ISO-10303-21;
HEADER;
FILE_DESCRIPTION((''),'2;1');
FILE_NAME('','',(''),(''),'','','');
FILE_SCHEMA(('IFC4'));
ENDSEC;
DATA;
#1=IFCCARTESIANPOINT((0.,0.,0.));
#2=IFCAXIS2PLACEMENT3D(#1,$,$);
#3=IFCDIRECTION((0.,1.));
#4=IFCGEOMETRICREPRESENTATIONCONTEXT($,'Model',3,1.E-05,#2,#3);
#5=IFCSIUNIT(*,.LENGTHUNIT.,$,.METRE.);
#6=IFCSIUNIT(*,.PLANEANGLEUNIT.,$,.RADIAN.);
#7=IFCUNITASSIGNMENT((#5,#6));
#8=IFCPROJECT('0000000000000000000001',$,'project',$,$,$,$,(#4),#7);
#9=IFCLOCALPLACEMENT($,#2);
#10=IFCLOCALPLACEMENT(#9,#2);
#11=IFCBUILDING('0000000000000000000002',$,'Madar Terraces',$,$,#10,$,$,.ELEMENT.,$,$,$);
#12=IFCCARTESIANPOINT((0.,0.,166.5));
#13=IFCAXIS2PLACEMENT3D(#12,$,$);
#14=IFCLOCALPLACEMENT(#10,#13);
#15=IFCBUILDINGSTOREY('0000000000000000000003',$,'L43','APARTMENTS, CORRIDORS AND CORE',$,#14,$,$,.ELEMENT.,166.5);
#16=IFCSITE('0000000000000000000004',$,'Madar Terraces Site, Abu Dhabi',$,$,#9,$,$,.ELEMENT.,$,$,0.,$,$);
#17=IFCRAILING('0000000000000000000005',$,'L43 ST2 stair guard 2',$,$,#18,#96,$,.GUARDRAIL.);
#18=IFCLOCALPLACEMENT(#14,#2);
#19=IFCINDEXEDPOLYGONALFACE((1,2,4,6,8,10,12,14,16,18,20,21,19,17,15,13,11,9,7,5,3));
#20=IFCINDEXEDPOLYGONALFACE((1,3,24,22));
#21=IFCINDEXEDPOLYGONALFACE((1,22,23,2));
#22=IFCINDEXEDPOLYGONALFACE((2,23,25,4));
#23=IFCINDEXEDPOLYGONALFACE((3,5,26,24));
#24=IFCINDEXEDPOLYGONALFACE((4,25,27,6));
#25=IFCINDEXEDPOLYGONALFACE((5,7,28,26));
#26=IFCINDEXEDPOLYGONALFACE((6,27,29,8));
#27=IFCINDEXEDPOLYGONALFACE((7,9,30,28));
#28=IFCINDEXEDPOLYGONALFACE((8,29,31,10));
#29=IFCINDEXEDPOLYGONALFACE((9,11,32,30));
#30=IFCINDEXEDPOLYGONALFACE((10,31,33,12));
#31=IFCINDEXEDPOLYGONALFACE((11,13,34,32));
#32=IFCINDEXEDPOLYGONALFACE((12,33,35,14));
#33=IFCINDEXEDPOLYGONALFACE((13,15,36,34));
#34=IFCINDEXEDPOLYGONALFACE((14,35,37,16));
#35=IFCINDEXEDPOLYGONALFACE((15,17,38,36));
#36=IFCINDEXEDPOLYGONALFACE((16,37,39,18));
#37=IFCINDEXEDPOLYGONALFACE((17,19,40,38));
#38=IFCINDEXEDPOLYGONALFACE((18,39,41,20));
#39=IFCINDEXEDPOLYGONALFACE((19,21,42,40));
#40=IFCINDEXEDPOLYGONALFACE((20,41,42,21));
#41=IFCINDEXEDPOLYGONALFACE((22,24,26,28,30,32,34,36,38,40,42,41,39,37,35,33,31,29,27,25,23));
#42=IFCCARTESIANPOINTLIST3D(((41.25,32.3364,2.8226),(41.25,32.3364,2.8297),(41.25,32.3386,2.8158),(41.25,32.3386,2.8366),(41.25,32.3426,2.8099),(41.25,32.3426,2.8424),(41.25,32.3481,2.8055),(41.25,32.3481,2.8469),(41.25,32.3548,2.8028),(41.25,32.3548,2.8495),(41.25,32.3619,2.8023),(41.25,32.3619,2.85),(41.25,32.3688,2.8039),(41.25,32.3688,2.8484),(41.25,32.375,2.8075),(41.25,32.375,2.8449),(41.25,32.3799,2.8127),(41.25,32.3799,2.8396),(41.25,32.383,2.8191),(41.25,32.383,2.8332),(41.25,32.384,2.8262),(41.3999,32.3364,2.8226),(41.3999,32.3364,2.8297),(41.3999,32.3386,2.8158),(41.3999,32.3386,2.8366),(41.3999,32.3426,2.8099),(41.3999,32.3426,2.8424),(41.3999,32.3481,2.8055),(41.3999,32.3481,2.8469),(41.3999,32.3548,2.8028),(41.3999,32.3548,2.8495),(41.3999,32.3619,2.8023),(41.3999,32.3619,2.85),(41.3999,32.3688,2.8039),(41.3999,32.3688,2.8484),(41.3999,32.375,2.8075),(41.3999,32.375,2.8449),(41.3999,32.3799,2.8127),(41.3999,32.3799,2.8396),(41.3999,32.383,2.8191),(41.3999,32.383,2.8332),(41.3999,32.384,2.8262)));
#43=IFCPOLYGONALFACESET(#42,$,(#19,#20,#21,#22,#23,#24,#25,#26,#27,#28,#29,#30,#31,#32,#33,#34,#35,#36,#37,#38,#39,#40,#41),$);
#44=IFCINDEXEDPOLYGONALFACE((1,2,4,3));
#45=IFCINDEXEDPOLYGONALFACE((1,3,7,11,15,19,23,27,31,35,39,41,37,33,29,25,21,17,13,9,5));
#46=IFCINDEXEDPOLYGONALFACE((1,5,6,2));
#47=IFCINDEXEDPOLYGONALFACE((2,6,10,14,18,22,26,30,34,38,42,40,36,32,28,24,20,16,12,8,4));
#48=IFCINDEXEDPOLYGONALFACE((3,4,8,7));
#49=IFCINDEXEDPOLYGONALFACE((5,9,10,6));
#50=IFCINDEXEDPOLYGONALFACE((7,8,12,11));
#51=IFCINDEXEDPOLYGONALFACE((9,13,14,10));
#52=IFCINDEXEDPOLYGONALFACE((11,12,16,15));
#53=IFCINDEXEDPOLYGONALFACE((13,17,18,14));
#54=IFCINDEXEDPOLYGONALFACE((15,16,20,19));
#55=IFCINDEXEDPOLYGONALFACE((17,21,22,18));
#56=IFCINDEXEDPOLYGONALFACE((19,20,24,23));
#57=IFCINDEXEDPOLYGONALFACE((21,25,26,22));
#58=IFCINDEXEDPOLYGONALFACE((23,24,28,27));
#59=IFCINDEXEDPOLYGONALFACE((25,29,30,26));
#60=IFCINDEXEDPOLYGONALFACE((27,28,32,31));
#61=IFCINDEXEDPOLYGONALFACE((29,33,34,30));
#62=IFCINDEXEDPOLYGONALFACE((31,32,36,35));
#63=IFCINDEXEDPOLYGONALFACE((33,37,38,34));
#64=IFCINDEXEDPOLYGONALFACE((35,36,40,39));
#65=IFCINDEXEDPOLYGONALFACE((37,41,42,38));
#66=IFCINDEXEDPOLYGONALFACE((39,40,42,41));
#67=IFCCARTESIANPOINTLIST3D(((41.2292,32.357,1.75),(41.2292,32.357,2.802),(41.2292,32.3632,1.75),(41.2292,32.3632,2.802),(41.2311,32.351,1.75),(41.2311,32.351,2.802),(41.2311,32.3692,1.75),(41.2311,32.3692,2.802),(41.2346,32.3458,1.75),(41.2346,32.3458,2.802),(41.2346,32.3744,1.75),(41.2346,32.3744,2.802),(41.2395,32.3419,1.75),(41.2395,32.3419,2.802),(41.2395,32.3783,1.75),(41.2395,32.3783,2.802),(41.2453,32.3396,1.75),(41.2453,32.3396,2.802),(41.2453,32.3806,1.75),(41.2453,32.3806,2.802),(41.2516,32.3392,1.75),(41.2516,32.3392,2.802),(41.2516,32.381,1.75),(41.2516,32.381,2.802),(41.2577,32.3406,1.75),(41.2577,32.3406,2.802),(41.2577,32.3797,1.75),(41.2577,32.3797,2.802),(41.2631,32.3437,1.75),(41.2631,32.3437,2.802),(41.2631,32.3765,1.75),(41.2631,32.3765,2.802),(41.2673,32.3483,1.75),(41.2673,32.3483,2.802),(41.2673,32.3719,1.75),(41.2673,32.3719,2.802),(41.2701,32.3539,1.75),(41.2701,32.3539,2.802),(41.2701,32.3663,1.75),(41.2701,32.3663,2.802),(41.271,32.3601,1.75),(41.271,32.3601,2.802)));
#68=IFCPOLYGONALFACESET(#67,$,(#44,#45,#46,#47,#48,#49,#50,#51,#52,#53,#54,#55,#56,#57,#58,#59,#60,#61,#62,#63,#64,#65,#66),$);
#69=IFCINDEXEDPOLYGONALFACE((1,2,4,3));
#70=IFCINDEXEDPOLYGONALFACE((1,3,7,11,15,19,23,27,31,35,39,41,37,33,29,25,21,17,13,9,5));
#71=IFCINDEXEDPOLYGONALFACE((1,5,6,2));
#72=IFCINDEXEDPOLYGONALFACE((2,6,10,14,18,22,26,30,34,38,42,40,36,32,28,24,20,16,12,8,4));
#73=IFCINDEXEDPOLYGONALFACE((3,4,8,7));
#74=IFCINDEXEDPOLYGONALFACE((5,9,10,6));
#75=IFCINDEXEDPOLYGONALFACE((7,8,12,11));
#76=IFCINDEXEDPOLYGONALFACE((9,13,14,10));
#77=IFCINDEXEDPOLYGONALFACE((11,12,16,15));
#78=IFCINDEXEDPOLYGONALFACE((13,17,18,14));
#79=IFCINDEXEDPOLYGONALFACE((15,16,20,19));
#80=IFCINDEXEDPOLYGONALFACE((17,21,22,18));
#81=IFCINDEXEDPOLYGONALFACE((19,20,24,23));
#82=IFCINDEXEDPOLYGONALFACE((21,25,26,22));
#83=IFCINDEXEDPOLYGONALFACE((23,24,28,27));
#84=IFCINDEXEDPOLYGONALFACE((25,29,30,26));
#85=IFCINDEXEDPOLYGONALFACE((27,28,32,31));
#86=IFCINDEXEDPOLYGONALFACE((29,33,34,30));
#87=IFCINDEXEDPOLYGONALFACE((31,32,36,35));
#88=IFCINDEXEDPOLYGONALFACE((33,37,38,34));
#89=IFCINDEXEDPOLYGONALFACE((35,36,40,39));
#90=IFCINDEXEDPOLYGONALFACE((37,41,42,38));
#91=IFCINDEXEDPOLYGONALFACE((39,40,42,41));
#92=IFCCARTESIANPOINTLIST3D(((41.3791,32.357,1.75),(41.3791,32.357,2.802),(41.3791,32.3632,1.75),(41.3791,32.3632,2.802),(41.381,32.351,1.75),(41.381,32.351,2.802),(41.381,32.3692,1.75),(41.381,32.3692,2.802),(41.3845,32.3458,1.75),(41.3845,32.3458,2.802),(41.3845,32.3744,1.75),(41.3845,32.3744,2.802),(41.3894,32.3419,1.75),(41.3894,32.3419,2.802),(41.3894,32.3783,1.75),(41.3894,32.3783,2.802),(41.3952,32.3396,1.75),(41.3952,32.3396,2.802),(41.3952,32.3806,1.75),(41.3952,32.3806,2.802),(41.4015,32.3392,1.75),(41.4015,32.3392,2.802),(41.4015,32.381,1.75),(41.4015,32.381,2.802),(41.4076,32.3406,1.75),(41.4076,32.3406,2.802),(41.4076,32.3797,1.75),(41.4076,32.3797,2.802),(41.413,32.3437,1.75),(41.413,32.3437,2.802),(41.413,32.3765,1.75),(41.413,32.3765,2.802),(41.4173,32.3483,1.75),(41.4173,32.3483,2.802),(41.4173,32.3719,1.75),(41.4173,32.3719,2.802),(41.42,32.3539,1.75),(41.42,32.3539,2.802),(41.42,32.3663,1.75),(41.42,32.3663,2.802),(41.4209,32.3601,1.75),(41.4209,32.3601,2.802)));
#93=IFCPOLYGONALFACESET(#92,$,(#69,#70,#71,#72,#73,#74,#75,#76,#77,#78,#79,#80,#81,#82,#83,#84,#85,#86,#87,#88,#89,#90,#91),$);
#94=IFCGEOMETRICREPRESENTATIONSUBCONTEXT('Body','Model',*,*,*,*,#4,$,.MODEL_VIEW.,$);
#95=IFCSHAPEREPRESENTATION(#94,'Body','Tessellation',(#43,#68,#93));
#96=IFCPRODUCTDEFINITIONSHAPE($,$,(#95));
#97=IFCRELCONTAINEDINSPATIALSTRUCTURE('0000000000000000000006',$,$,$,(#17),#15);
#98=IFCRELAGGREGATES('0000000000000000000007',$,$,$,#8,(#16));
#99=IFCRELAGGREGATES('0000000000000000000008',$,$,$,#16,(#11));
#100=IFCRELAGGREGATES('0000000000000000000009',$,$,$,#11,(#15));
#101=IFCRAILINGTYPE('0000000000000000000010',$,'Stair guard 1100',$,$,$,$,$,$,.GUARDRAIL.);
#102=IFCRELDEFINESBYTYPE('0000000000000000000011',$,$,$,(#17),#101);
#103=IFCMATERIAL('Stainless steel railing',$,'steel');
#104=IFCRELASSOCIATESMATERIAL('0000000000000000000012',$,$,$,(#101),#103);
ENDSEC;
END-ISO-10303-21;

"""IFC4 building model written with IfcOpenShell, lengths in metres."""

from ifc_helpers import new_model, si_unit, direction, frame, origin, origin_2d, place, context, subcontext, project, spatial, circle, extrude, material, type_object, element, save


model = new_model("IFC4")

# Units and contexts
model_context = context("Model", 3, precision=1e-05, world=origin(), true_north=direction((0.0, 1.0)))
body_context = subcontext(model_context, "Body", "Model", "MODEL_VIEW")
ifc_project = project(units=[si_unit("LENGTHUNIT", "METRE"), si_unit("PLANEANGLEUNIT", "RADIAN")], contexts=[model_context])

# Site, building, storey
site_placement = place(None, origin())
site = spatial("IfcSite", under=ifc_project, at=site_placement, Name="Madar Terraces Site, Abu Dhabi", CompositionType="ELEMENT", RefElevation=0.0)
building_placement = place(site_placement, origin())
building = spatial("IfcBuilding", under=site, at=building_placement, Name="Madar Terraces", CompositionType="ELEMENT")
storey_placement = place(building_placement, frame((0.0, 0.0, 166.5)))
storey = spatial("IfcBuildingStorey", under=building, at=storey_placement, Name="L43", Description="APARTMENTS, CORRIDORS AND CORE", CompositionType="ELEMENT", Elevation=166.5)

# Railing
ifc_material_1 = material(Name="Stainless steel railing", Category="steel")
railing_type_1 = type_object("IfcRailingType", Name="Stair guard 1100", PredefinedType="GUARDRAIL", material=ifc_material_1)
railing_1_placement = place(storey_placement, frame((41.25, 32.3601, 1.75)))
element("IfcRailing", 1, at=railing_1_placement, inside=storey, type_object=railing_type_1, Name="L43 ST2 stair guard 2", PredefinedType="GUARDRAIL", context=body_context, shape_type="SweptSolid", body=[
    extrude(circle(Radius=0.0239, at=origin_2d()), frame((0.0, 0.0, 1.0762), z_axis=(1.0, 0.0, 0.0), x_axis=(0.0, 1.0, 0.0)), (0.0, 0.0, 1.0), 0.1499),
    extrude(circle(Radius=0.021, at=origin_2d()), origin(), (0.0, 0.0, 1.0), 1.052),
    extrude(circle(Radius=0.021, at=origin_2d()), frame((0.1499, 0.0, 0.0)), (0.0, 0.0, 1.0), 1.052),
])

save(model, "model.ifc")
